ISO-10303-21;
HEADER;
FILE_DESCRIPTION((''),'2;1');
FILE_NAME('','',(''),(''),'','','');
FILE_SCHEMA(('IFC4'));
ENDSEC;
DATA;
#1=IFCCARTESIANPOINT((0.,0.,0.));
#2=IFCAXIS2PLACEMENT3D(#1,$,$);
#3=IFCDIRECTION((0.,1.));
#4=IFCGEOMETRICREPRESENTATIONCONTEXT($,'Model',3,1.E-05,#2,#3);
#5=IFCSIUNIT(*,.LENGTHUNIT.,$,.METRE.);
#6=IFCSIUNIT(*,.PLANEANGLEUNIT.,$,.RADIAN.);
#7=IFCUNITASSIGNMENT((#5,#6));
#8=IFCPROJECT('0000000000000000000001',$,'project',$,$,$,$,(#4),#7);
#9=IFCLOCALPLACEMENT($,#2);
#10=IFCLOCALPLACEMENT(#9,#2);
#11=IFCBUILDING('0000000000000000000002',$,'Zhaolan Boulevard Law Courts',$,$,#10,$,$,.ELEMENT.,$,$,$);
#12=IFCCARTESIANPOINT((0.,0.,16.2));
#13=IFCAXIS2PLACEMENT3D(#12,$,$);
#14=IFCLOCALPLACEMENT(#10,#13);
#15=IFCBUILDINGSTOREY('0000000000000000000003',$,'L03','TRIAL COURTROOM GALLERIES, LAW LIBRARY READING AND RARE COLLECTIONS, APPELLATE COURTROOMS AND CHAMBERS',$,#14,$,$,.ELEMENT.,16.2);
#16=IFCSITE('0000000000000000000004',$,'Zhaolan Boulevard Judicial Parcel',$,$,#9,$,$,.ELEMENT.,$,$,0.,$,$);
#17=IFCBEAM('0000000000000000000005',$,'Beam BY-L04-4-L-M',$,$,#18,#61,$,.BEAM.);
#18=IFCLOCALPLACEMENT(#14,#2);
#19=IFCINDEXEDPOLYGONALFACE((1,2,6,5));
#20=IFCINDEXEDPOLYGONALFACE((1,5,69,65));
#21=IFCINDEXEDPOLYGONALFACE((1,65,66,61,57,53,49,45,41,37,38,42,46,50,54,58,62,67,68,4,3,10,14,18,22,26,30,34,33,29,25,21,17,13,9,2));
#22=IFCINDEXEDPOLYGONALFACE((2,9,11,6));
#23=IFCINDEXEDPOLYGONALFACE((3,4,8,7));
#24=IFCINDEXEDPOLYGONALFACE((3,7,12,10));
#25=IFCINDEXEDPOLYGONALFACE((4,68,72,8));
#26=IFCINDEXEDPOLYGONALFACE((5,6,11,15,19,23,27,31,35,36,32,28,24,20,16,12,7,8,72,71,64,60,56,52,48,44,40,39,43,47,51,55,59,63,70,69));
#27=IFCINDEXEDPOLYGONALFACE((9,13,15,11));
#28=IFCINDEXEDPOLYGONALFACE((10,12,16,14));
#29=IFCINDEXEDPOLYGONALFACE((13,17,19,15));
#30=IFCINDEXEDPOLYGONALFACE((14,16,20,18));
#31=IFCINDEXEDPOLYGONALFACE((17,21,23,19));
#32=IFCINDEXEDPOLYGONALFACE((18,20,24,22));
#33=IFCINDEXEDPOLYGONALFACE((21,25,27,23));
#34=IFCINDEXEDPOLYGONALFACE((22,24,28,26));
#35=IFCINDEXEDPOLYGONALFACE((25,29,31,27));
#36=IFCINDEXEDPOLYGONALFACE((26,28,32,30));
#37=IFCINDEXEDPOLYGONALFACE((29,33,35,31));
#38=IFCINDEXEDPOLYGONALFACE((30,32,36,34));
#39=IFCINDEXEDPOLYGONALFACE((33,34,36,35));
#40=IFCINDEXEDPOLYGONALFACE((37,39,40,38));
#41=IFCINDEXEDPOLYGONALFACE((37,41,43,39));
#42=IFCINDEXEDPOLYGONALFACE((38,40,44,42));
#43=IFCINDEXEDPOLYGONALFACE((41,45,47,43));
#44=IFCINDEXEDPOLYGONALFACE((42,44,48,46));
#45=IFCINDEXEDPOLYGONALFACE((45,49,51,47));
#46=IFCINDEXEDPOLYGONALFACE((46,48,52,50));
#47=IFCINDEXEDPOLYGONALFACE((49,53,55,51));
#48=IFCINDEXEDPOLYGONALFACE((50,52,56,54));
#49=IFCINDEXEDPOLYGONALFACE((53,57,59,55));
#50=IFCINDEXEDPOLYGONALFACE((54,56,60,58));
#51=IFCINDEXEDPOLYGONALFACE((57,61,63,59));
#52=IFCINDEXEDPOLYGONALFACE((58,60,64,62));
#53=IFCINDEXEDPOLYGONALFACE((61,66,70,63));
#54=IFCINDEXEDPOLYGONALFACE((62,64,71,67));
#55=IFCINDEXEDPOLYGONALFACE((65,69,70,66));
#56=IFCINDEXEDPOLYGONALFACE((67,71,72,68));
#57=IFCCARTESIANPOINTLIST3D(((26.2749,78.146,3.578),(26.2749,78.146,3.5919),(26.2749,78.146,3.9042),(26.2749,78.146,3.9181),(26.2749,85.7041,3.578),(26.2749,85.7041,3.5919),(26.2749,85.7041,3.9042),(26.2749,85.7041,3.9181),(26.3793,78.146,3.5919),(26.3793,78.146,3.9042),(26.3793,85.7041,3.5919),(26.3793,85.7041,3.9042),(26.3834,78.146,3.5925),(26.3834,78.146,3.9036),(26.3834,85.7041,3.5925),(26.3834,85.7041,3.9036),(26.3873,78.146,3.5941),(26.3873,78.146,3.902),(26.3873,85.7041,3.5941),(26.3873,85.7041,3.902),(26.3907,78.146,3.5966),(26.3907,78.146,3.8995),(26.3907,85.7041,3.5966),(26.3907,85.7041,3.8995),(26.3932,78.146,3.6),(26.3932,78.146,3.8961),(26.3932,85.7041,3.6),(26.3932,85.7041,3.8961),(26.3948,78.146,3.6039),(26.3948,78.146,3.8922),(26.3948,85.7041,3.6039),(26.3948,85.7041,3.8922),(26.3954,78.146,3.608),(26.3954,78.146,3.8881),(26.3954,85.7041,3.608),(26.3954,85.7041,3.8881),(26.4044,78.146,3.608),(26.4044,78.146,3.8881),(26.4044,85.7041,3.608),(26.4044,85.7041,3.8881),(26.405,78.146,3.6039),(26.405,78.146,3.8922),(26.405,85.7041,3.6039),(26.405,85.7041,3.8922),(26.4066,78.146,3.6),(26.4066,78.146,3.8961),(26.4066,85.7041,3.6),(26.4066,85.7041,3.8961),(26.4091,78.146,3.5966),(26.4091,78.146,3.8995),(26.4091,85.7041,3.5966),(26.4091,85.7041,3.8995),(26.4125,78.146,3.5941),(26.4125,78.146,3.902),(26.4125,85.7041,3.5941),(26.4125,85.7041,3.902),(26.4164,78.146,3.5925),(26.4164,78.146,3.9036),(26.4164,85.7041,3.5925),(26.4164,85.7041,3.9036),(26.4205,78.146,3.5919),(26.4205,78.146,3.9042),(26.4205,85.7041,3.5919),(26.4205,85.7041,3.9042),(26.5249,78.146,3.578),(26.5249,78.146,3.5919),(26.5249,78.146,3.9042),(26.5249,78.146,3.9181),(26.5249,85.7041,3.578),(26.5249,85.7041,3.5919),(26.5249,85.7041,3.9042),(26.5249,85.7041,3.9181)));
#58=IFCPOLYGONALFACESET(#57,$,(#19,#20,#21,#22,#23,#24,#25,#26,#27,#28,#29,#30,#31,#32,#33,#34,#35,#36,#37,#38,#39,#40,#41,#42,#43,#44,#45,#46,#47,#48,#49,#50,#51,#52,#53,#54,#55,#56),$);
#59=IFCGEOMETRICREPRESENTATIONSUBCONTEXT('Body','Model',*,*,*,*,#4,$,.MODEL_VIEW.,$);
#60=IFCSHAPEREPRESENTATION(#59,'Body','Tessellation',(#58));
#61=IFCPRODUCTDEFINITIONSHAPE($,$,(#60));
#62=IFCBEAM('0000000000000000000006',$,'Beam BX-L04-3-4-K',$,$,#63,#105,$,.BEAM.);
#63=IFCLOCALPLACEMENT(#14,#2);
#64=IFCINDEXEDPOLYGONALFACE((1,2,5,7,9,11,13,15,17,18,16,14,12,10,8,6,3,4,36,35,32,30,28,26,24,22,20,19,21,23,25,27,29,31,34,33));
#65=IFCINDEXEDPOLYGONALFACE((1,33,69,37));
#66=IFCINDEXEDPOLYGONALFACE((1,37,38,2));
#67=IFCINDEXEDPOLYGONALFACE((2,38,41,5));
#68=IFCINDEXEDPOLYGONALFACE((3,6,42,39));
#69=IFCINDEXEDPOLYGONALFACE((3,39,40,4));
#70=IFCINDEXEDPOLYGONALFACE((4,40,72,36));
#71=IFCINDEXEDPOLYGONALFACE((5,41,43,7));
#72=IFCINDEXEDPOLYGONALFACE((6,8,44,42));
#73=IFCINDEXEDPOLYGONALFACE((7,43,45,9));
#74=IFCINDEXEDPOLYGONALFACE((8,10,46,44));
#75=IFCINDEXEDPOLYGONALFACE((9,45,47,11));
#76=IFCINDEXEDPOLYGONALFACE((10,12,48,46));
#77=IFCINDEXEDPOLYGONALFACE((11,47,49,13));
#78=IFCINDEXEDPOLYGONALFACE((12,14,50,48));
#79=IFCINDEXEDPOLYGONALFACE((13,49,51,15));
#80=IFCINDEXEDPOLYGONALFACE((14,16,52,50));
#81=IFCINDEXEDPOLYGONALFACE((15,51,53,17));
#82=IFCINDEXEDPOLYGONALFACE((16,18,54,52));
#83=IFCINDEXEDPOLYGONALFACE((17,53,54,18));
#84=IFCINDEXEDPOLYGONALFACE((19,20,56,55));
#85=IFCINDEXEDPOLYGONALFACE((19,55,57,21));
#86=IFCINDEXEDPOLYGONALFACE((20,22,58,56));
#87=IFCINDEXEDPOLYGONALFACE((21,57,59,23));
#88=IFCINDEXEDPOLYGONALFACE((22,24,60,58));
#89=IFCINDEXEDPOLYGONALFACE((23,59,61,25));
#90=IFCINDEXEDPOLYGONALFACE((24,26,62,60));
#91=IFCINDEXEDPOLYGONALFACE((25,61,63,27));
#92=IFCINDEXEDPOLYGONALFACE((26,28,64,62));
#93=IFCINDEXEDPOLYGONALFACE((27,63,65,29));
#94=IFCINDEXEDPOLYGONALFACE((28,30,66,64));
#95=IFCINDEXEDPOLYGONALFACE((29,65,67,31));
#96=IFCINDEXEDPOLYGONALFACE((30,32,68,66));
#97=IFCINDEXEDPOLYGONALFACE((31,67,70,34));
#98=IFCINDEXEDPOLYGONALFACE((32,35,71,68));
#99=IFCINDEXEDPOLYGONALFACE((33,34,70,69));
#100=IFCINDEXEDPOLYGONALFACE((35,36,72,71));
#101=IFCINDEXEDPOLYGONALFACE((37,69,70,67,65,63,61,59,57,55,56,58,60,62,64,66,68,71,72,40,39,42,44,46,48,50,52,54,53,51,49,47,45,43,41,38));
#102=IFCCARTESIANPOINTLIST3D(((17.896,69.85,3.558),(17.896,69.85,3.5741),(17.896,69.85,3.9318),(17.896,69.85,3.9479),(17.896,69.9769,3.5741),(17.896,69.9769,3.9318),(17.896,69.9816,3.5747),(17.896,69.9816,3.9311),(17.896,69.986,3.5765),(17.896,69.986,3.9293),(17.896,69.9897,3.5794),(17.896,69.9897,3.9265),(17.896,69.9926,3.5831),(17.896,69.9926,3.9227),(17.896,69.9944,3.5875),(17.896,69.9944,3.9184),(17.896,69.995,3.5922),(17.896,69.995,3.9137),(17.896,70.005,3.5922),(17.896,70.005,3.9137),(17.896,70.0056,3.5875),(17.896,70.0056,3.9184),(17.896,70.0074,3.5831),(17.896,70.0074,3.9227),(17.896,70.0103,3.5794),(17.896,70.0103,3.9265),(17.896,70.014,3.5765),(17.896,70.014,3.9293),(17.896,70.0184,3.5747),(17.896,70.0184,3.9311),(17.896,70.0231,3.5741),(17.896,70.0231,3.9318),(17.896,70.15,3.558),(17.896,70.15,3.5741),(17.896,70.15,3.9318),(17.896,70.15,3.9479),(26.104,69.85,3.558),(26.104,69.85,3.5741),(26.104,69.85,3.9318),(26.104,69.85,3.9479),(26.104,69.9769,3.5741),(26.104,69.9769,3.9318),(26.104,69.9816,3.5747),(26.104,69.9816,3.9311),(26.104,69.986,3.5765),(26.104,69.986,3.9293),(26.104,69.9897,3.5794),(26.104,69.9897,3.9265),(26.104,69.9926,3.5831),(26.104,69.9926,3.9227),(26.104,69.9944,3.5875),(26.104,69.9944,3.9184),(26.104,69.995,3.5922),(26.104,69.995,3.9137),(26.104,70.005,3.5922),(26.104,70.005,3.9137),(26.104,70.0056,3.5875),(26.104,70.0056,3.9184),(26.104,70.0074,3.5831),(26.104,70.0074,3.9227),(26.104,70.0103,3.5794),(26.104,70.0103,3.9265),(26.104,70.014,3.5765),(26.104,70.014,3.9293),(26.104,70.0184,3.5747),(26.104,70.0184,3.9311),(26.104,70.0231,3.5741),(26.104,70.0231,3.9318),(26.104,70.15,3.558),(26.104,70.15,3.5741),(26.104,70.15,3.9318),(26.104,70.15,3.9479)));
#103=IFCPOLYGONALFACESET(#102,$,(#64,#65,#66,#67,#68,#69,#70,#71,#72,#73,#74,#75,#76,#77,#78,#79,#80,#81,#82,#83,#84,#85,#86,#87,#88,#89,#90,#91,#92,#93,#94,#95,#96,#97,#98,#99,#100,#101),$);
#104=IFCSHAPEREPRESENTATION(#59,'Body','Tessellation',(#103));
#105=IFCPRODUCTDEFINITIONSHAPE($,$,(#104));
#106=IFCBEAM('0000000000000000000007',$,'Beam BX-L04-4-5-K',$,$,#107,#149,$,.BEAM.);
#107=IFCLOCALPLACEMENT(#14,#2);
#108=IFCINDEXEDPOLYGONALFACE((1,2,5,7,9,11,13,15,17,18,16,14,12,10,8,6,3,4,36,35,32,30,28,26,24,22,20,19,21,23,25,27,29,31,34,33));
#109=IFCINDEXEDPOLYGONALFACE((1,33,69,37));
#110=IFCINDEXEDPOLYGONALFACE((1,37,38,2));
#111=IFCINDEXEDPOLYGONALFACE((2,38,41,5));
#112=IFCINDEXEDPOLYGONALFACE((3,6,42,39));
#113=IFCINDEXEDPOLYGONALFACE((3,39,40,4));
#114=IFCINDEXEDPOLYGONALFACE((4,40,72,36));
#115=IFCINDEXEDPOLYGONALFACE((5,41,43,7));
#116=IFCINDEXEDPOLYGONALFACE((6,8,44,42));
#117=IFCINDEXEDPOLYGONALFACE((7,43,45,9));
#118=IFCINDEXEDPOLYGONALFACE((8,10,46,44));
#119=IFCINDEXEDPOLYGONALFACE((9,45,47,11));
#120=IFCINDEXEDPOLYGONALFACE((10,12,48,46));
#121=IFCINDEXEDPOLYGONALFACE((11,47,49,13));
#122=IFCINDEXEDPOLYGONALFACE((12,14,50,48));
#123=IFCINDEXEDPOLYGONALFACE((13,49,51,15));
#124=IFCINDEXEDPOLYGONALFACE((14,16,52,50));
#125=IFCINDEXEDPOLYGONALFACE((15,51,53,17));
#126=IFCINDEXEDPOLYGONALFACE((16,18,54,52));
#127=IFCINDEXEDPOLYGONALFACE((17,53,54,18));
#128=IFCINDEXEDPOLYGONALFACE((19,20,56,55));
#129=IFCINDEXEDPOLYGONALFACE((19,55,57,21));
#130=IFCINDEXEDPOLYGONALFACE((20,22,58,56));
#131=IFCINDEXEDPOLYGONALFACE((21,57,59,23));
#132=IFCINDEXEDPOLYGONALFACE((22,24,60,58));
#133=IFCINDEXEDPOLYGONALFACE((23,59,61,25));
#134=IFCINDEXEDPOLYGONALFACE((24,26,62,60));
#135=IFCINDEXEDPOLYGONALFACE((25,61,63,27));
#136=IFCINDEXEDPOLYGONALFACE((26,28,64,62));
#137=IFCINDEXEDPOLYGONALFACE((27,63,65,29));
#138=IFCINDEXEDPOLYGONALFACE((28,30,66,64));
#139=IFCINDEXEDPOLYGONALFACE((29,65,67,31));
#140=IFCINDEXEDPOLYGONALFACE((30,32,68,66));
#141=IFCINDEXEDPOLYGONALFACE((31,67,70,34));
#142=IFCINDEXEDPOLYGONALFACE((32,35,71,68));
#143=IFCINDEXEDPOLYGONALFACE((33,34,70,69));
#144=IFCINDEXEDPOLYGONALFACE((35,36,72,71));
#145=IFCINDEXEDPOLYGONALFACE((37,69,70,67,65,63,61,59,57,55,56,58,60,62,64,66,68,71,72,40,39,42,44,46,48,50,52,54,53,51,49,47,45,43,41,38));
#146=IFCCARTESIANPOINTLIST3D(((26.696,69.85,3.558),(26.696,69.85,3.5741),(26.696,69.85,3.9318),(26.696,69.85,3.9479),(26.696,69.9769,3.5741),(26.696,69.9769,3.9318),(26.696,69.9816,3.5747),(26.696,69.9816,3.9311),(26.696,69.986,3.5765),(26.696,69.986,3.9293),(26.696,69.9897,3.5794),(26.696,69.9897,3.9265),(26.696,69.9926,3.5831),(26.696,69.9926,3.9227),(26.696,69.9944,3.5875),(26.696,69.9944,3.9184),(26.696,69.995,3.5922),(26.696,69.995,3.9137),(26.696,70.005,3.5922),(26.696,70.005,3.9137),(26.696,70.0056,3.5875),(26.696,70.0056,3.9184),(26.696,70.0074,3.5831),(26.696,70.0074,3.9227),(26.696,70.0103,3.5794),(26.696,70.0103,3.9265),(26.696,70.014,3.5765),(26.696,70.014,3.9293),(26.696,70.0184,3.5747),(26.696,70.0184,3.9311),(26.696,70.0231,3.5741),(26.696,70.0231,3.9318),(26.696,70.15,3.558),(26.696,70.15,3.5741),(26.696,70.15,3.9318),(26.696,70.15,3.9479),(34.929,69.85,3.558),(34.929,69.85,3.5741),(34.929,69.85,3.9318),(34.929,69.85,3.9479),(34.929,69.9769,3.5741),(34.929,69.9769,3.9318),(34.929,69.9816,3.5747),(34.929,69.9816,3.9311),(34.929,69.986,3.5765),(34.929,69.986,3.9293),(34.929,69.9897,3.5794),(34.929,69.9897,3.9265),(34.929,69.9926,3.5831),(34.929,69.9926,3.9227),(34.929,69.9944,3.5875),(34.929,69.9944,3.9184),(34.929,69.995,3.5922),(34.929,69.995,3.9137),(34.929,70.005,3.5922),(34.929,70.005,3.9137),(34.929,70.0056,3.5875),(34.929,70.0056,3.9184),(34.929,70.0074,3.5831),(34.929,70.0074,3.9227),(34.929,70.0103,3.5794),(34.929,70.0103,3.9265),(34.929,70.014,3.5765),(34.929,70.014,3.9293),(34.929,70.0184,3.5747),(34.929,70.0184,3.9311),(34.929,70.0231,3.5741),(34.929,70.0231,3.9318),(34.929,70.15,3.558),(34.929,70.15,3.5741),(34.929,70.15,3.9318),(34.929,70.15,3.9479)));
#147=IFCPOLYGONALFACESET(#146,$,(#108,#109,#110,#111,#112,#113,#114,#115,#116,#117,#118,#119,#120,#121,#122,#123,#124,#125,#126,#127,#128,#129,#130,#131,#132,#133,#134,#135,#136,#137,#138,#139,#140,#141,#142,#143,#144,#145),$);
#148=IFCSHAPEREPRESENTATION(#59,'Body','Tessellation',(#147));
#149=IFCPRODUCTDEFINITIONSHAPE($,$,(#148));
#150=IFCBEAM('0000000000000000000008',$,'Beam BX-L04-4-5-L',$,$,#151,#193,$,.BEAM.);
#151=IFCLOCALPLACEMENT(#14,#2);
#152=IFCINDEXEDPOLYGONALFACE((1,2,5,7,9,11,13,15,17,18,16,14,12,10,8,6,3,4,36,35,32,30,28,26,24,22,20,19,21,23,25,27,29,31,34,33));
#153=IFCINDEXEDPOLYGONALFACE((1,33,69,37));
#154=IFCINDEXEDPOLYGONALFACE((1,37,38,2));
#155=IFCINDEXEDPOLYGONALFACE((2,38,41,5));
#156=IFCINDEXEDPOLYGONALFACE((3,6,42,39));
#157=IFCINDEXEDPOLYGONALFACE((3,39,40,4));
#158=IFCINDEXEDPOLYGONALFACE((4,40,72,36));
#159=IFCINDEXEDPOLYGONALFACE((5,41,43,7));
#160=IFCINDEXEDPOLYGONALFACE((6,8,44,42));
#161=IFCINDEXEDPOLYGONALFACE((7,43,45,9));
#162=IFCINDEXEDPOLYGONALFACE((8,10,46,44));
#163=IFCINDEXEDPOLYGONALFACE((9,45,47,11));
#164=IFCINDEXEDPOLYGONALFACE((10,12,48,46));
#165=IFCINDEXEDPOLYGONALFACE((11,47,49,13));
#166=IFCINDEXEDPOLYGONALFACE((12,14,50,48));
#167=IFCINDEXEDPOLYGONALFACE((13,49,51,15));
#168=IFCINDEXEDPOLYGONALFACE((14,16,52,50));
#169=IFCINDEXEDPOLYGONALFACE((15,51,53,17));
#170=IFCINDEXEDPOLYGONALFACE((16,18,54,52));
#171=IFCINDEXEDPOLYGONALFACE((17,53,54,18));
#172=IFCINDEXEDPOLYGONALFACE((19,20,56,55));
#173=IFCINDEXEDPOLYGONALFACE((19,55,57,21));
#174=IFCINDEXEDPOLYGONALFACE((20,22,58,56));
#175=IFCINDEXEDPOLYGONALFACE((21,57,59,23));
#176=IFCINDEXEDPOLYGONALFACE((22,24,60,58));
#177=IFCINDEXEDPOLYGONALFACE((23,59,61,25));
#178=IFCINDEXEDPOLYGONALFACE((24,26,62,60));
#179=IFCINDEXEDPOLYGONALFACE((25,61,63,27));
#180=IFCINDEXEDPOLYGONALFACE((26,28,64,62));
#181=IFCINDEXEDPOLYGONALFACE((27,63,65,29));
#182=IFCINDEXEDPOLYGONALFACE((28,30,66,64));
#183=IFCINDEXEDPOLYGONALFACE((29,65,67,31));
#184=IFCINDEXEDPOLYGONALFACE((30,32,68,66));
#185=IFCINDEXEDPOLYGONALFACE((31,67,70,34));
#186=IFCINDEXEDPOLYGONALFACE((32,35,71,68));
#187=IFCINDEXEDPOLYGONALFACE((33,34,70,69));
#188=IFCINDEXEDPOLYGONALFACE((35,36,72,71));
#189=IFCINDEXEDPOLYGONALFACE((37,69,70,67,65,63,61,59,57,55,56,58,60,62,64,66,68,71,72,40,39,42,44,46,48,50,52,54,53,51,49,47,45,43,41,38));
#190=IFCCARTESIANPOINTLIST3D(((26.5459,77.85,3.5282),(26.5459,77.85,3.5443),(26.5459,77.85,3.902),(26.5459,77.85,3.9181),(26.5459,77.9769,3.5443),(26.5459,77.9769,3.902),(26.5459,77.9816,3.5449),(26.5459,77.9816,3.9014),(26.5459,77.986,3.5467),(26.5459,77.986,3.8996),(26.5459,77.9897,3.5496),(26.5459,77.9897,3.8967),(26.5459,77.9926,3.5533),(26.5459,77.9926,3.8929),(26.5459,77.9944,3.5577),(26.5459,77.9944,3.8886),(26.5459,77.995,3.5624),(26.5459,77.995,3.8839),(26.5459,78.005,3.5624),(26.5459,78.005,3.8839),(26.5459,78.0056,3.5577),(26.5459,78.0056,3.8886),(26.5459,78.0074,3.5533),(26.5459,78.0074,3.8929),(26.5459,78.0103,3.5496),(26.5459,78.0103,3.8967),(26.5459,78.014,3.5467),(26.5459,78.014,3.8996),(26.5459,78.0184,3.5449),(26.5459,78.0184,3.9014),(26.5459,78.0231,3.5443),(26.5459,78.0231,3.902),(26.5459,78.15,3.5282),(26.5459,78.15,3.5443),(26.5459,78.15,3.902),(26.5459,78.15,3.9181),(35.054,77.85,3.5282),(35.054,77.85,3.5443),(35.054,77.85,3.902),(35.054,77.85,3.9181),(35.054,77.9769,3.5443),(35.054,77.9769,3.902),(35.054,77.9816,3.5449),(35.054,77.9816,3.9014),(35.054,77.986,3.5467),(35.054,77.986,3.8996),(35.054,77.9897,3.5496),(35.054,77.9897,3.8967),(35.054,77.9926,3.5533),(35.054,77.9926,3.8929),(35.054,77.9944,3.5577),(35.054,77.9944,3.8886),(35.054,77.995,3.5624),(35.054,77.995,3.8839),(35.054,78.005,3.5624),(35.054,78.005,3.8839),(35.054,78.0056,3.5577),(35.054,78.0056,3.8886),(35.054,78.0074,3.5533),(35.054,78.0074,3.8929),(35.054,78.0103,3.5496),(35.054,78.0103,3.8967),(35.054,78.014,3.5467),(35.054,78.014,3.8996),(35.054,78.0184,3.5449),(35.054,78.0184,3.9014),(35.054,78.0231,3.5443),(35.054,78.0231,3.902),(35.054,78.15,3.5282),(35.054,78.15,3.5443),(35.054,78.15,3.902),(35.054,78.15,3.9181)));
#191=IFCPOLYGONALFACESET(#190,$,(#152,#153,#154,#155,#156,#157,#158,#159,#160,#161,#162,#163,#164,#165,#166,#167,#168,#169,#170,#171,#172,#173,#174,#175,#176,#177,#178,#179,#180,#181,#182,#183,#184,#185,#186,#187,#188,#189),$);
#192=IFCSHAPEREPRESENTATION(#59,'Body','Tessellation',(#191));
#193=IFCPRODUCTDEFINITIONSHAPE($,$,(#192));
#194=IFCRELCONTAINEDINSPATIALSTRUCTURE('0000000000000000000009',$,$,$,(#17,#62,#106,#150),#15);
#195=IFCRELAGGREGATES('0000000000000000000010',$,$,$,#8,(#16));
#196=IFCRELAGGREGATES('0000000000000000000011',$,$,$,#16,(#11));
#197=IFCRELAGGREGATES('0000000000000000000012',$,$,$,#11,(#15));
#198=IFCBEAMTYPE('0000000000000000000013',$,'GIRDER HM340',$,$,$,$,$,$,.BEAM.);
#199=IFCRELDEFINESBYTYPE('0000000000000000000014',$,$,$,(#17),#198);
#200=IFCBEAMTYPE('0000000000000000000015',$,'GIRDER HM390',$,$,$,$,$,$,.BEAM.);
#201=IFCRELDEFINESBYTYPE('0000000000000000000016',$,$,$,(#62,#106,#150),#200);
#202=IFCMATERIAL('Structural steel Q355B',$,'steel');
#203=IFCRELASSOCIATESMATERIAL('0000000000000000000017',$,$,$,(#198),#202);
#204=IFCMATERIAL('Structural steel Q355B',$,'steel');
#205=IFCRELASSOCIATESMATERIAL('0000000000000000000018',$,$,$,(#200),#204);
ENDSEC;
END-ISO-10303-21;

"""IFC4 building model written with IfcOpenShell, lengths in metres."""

from ifc_helpers import new_model, si_unit, direction, frame, origin, origin_2d, place, context, subcontext, project, spatial, i_section, extrude, material, material_profile, profile_set, type_object, element, save


model = new_model("IFC4")

# Units and contexts
model_context = context("Model", 3, precision=1e-05, world=origin(), true_north=direction((0.0, 1.0)))
body_context = subcontext(model_context, "Body", "Model", "MODEL_VIEW")
ifc_project = project(units=[si_unit("LENGTHUNIT", "METRE"), si_unit("PLANEANGLEUNIT", "RADIAN")], contexts=[model_context])

# Site, building, storey
site_placement = place(None, origin())
site = spatial("IfcSite", under=ifc_project, at=site_placement, Name="Zhaolan Boulevard Judicial Parcel", CompositionType="ELEMENT", RefElevation=0.0)
building_placement = place(site_placement, origin())
building = spatial("IfcBuilding", under=site, at=building_placement, Name="Zhaolan Boulevard Law Courts", CompositionType="ELEMENT")
storey_placement = place(building_placement, frame((0.0, 0.0, 16.2)))
storey = spatial("IfcBuildingStorey", under=building, at=storey_placement, Name="L03", Description="TRIAL COURTROOM GALLERIES, LAW LIBRARY READING AND RARE COLLECTIONS, APPELLATE COURTROOMS AND CHAMBERS", CompositionType="ELEMENT", Elevation=16.2)

# Beams
ifc_material_1 = material(Name="Structural steel Q355B", Category="steel")
ifc_material_profile_1 = material_profile(ifc_material_1, i_section(OverallWidth=0.25, OverallDepth=0.3401, WebThickness=0.009, FlangeThickness=0.0139, FilletRadius=0.0161, at=origin_2d()), Name="HM340x250")
ifc_profile_set_1 = profile_set([ifc_material_profile_1], Name="Structural steel Q355B")
beam_type_1 = type_object("IfcBeamType", Name="GIRDER HM340", PredefinedType="BEAM", material=ifc_profile_set_1)
for number, where, z_axis, x_axis, name in (
    (1, (26.3999, 78.146, 3.748), (0.0, 1.0, 0.0), (-1.0, 0.0, 0.0), "Beam BY-L04-4-L-M"),
):
    element("IfcBeam", number, at=place(storey_placement, frame(where, z_axis=z_axis, x_axis=x_axis)), inside=storey, type_object=beam_type_1, Name=name, PredefinedType="BEAM", context=body_context, shape_type="SweptSolid", body=[
        extrude(i_section(OverallWidth=0.25, OverallDepth=0.3401, WebThickness=0.009, FlangeThickness=0.0139, FilletRadius=0.0161, at=origin_2d()), origin(), (0.0, 0.0, 1.0), 7.5581),
    ])
ifc_material_2 = material(Name="Structural steel Q355B", Category="steel")
ifc_material_profile_2 = material_profile(ifc_material_2, i_section(OverallWidth=0.3, OverallDepth=0.3899, WebThickness=0.01, FlangeThickness=0.0161, FilletRadius=0.0181, at=origin_2d()), Name="HM390x300")
ifc_profile_set_2 = profile_set([ifc_material_profile_2], Name="Structural steel Q355B")
beam_type_2 = type_object("IfcBeamType", Name="GIRDER HM390", PredefinedType="BEAM", material=ifc_profile_set_2)
beam_1_placement = place(storey_placement, frame((17.896, 70.0, 3.7529), z_axis=(1.0, 0.0, 0.0), x_axis=(0.0, 1.0, 0.0)))
element("IfcBeam", 2, at=beam_1_placement, inside=storey, type_object=beam_type_2, Name="Beam BX-L04-3-4-K", PredefinedType="BEAM", context=body_context, shape_type="SweptSolid", body=[
    extrude(i_section(OverallWidth=0.3, OverallDepth=0.3899, WebThickness=0.01, FlangeThickness=0.0161, FilletRadius=0.0181, at=origin_2d()), origin(), (0.0, 0.0, 1.0), 8.208),
])
beam_2_placement = place(storey_placement, frame((26.696, 70.0, 3.7529), z_axis=(1.0, 0.0, 0.0), x_axis=(0.0, 1.0, 0.0)))
element("IfcBeam", 3, at=beam_2_placement, inside=storey, type_object=beam_type_2, Name="Beam BX-L04-4-5-K", PredefinedType="BEAM", context=body_context, shape_type="SweptSolid", body=[
    extrude(i_section(OverallWidth=0.3, OverallDepth=0.3899, WebThickness=0.01, FlangeThickness=0.0161, FilletRadius=0.0181, at=origin_2d()), origin(), (0.0, 0.0, 1.0), 8.2329),
])
beam_3_placement = place(storey_placement, frame((26.5459, 78.0, 3.7231), z_axis=(1.0, 0.0, 0.0), x_axis=(0.0, 1.0, 0.0)))
element("IfcBeam", 4, at=beam_3_placement, inside=storey, type_object=beam_type_2, Name="Beam BX-L04-4-5-L", PredefinedType="BEAM", context=body_context, shape_type="SweptSolid", body=[
    extrude(i_section(OverallWidth=0.3, OverallDepth=0.3899, WebThickness=0.01, FlangeThickness=0.0161, FilletRadius=0.0181, at=origin_2d()), origin(), (0.0, 0.0, 1.0), 8.5081),
])

save(model, "model.ifc")
